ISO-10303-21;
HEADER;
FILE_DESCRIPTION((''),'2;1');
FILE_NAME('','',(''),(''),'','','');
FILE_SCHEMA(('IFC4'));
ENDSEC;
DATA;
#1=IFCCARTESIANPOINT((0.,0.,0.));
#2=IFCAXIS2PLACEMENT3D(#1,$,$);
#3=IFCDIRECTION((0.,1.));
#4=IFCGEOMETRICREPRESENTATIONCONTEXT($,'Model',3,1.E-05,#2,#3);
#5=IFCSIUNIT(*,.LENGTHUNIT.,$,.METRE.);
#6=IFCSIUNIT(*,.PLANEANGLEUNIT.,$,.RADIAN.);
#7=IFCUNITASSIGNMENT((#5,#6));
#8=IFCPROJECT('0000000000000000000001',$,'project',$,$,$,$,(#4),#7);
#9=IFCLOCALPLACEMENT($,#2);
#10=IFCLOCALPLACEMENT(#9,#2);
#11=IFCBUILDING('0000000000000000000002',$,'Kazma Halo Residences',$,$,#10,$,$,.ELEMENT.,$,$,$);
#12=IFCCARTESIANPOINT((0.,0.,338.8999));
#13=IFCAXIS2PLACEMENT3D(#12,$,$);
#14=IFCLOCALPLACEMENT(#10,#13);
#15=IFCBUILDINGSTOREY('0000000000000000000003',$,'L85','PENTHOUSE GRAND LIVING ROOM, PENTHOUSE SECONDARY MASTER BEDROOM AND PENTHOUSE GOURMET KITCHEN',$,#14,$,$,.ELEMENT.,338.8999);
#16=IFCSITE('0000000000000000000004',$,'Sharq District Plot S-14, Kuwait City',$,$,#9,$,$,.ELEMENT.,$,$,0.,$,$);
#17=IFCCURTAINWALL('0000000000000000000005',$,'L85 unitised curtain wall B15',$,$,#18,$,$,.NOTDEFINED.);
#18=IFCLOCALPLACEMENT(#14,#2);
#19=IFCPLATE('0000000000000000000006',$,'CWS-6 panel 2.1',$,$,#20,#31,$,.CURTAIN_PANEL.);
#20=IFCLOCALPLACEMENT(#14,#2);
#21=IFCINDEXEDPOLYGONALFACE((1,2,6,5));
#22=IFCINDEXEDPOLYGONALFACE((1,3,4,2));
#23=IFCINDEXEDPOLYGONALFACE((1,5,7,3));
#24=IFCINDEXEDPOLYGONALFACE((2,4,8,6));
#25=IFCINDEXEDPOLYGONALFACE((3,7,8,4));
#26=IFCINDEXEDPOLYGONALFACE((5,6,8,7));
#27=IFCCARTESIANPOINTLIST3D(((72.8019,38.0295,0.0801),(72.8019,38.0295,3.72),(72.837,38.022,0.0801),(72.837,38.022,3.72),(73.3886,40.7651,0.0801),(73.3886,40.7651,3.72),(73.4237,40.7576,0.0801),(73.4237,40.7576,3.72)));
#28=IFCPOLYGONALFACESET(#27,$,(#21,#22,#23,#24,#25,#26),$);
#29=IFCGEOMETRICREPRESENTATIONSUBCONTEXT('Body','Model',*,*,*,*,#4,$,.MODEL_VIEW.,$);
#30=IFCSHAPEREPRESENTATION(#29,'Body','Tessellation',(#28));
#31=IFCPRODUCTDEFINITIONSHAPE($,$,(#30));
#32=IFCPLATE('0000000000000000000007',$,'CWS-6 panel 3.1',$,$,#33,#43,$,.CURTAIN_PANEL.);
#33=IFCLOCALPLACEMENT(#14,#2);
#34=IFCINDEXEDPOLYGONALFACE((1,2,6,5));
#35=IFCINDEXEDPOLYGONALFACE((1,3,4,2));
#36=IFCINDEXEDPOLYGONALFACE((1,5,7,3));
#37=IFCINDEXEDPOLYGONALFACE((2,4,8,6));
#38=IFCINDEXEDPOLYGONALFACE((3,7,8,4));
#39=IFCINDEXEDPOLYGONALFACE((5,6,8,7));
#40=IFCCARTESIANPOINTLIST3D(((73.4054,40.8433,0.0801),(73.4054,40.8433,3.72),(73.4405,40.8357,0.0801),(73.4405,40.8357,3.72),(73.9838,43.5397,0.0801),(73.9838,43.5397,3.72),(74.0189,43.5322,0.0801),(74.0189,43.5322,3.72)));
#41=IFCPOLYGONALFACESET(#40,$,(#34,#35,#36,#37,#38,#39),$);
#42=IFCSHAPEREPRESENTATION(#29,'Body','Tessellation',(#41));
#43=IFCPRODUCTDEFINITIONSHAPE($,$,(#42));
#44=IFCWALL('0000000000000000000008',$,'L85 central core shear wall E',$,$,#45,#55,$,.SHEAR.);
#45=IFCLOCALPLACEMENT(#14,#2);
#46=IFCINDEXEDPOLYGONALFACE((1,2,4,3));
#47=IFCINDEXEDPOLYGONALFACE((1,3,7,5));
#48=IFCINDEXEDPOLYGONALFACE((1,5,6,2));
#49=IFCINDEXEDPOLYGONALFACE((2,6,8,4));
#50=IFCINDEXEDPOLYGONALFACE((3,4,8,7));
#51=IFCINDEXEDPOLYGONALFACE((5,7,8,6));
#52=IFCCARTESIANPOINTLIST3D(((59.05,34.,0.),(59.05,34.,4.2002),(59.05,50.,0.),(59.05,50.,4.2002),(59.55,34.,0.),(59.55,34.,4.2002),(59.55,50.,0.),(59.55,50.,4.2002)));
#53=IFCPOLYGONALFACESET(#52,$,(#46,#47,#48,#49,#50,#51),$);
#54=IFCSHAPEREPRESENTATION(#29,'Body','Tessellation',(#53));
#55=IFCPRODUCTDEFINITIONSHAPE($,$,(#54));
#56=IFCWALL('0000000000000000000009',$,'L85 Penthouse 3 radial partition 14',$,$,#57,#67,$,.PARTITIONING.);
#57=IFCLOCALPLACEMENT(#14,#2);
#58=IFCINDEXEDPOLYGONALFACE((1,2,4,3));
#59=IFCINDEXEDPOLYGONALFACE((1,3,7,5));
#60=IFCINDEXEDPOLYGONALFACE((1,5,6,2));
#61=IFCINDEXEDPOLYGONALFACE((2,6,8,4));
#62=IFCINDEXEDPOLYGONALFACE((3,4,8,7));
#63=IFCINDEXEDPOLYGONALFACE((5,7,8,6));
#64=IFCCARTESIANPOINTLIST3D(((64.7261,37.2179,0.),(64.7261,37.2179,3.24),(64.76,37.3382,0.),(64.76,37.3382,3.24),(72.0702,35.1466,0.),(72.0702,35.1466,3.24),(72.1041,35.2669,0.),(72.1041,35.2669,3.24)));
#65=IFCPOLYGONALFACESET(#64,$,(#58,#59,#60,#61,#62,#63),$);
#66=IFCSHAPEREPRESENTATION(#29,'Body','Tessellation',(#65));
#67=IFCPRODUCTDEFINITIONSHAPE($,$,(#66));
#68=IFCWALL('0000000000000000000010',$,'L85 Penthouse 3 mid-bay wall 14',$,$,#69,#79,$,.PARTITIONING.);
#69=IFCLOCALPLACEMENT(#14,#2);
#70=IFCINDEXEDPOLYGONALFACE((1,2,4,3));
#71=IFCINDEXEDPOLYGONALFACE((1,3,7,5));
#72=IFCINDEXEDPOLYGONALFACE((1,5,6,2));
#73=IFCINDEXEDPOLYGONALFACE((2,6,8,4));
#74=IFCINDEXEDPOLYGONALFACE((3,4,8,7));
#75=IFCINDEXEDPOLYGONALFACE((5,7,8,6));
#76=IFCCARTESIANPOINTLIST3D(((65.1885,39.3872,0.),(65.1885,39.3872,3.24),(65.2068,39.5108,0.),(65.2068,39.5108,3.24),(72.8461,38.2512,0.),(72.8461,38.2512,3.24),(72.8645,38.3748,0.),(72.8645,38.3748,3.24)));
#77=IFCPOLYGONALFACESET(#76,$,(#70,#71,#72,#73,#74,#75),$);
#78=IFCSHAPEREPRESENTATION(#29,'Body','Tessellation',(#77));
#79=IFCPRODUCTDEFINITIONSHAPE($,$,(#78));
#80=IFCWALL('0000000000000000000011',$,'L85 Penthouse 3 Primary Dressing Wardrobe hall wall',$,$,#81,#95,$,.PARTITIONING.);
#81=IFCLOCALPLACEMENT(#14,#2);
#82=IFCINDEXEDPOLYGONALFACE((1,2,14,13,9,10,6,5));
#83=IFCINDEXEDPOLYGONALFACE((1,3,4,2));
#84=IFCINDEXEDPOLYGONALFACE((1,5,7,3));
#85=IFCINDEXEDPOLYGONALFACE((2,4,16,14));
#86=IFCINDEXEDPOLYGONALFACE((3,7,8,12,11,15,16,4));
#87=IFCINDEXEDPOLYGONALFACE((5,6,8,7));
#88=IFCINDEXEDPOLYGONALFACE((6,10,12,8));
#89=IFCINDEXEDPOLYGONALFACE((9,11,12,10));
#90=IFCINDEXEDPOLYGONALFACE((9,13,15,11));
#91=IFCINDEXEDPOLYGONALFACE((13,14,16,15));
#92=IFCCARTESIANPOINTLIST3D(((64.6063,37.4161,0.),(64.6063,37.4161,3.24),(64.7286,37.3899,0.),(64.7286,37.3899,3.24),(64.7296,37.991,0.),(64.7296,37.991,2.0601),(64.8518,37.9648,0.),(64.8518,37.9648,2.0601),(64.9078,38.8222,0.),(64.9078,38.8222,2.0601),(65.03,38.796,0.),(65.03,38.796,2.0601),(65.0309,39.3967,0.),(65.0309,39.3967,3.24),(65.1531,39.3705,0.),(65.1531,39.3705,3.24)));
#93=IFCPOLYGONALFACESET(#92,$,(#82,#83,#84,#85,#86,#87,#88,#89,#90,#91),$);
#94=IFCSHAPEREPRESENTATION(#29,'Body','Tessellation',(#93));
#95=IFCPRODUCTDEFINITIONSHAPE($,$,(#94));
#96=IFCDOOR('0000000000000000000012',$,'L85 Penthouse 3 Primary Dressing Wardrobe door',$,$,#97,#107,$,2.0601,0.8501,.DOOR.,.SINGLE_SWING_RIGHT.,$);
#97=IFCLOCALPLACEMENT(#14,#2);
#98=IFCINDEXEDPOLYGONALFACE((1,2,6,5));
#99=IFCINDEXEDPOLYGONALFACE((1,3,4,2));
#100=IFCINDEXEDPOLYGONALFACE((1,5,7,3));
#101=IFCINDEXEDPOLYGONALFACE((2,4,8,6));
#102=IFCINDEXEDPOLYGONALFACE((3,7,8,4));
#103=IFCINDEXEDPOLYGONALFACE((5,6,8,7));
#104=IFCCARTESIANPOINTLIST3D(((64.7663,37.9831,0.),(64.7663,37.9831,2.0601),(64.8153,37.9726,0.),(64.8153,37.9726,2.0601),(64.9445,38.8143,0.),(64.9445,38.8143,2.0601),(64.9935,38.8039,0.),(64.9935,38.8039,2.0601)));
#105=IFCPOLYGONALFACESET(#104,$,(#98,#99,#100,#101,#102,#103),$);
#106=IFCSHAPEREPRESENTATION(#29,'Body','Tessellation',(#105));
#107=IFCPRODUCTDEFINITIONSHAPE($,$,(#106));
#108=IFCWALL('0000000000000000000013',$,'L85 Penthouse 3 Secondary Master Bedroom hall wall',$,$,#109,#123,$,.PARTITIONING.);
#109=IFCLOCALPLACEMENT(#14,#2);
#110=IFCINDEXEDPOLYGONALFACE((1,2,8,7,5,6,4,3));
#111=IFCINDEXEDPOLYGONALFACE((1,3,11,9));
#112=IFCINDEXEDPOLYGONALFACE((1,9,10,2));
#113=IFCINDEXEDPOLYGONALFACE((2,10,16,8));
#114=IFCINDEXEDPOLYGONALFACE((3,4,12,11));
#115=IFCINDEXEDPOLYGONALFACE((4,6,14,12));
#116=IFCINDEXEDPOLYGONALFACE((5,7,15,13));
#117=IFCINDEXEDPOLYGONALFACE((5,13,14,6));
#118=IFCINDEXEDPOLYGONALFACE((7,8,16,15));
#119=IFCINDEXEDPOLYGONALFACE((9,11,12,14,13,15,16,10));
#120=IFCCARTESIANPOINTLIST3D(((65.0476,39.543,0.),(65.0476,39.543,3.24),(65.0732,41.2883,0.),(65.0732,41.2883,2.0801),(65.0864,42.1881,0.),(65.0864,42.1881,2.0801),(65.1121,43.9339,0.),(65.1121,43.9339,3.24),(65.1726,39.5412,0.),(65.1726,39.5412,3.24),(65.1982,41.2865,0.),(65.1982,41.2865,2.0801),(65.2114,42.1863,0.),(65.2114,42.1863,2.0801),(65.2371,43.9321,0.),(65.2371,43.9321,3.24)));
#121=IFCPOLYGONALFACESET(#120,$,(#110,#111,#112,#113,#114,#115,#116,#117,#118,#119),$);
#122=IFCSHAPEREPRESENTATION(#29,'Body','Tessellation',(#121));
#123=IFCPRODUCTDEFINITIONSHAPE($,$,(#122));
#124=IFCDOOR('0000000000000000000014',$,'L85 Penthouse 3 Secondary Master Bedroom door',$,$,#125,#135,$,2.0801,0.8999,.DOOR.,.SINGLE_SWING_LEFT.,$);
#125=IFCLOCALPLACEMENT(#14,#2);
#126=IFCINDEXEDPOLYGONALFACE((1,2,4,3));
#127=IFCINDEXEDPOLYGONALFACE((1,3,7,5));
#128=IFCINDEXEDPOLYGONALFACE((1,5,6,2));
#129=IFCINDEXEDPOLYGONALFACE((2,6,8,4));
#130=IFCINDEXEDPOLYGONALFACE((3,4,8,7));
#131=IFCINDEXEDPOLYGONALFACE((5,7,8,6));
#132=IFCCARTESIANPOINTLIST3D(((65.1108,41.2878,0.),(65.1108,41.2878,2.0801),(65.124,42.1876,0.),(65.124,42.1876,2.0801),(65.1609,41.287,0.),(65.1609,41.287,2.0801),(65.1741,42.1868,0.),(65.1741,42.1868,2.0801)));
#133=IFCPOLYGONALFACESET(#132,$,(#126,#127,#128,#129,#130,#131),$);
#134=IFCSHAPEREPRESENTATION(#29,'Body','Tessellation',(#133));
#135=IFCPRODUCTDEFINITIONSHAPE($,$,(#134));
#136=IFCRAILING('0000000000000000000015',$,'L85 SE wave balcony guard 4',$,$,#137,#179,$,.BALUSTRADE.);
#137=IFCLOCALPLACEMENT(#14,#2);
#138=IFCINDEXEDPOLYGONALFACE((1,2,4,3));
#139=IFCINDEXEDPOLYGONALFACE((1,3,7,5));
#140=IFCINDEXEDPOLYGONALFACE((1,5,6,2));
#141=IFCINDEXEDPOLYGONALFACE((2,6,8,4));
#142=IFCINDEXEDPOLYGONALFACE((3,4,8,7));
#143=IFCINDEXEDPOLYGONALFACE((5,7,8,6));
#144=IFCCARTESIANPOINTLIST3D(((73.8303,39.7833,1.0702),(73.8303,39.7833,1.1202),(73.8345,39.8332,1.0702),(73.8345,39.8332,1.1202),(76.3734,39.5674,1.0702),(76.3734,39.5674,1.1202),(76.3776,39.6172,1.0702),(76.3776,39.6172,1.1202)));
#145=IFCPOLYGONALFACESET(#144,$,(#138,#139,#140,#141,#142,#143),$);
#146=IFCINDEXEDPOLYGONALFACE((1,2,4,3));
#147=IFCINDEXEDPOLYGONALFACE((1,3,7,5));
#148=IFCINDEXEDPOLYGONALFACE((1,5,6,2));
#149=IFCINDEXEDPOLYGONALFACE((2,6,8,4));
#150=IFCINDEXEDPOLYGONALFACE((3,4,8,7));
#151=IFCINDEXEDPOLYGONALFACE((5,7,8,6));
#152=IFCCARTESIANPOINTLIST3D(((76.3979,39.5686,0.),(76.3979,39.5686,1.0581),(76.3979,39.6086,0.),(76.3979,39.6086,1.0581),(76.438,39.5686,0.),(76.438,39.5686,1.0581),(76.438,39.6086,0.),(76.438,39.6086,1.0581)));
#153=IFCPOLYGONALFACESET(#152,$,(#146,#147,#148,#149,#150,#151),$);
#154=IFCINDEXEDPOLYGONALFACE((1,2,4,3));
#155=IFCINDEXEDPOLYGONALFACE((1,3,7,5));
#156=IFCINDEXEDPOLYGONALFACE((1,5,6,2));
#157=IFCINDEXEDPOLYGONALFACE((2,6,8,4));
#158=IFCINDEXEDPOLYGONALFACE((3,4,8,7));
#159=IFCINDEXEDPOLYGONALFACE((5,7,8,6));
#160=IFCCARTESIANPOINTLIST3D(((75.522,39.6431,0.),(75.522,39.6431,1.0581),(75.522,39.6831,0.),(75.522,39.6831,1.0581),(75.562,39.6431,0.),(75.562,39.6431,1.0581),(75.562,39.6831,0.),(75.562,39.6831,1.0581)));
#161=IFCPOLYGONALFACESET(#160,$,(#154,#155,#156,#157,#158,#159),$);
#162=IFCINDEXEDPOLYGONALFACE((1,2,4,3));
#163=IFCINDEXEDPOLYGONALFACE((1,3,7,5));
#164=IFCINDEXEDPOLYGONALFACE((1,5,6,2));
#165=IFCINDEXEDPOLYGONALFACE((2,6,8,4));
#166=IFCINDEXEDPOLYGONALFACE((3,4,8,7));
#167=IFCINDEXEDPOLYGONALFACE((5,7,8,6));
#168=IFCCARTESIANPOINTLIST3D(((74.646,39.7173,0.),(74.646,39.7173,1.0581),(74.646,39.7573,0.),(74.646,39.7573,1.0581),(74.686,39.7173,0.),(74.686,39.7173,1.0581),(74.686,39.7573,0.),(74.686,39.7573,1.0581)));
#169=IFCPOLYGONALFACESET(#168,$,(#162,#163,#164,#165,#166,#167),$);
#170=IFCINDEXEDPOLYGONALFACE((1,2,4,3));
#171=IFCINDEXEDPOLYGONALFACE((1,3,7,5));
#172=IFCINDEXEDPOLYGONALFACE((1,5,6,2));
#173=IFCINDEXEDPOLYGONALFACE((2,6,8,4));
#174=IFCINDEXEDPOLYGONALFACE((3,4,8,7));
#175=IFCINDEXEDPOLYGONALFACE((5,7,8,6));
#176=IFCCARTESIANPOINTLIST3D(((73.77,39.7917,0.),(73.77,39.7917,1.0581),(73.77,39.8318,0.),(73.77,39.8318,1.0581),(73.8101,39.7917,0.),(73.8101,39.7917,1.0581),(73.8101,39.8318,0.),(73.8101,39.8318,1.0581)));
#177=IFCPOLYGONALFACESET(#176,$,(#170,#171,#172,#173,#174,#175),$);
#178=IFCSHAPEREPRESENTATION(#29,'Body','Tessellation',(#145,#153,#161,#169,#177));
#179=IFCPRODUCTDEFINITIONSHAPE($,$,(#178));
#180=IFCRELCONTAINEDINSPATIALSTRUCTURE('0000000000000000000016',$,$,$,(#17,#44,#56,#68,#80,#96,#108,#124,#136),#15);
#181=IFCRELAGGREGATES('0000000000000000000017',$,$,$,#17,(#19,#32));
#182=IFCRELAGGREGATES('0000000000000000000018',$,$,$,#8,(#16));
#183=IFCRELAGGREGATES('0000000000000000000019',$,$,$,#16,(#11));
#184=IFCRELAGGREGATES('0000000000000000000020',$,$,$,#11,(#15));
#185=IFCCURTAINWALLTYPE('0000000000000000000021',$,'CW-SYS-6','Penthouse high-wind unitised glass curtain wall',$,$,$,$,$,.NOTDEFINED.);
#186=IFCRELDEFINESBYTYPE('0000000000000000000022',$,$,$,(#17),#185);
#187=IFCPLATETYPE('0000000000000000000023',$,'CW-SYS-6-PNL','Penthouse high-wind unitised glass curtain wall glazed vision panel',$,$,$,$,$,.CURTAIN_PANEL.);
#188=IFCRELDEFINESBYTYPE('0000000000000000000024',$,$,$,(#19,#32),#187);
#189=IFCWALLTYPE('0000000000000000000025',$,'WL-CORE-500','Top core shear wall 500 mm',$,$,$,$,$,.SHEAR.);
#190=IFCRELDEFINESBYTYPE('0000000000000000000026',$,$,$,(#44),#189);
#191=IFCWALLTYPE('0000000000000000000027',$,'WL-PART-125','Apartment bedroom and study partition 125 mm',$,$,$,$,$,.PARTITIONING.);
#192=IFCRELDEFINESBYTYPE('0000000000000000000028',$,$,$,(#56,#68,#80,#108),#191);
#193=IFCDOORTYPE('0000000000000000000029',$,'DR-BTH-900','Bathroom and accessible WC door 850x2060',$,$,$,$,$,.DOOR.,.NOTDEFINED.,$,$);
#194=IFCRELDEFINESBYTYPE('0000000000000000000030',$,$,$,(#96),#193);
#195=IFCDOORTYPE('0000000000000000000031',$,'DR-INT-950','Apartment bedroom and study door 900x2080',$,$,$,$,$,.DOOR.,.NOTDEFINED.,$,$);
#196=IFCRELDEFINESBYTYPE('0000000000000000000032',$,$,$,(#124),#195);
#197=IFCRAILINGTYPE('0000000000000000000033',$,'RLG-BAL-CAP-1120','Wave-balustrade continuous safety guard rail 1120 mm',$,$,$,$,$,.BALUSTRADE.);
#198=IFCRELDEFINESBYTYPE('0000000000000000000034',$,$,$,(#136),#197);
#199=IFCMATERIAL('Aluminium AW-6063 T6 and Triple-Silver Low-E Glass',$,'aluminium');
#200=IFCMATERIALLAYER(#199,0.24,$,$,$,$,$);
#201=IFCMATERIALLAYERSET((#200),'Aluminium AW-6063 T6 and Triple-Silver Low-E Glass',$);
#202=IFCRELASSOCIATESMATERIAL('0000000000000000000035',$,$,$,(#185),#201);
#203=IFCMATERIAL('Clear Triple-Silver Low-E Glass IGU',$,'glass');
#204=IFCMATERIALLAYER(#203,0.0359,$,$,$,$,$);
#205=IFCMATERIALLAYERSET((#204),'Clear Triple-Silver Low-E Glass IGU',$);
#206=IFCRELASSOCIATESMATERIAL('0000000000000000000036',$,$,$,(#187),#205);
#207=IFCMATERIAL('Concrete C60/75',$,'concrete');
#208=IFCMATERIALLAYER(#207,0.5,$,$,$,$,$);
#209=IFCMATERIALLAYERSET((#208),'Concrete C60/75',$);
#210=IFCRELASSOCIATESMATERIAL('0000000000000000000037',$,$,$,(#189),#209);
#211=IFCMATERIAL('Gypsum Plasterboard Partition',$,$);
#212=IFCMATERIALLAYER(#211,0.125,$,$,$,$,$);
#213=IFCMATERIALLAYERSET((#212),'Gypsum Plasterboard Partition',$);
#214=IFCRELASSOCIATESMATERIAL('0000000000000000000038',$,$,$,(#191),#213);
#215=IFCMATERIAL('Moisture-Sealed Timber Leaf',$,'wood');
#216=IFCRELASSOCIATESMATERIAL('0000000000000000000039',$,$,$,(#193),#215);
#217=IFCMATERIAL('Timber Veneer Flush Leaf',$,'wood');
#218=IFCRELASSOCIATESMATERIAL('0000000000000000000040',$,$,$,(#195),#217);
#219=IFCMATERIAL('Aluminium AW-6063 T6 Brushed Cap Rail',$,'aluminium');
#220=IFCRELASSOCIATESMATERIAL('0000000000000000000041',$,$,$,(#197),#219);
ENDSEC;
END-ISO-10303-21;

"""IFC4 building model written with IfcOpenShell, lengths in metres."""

from ifc_helpers import new_model, si_unit, direction, frame, frame_2d, origin, origin_2d, place, context, subcontext, project, spatial, rectangle, extrude, material, layer, layer_set, type_object, element, fill, aggregate, save


model = new_model("IFC4")

# Units and contexts
model_context = context("Model", 3, precision=1e-05, world=origin(), true_north=direction((0.0, 1.0)))
body_context = subcontext(model_context, "Body", "Model", "MODEL_VIEW")
ifc_project = project(units=[si_unit("LENGTHUNIT", "METRE"), si_unit("PLANEANGLEUNIT", "RADIAN")], contexts=[model_context])

# Site, building, storey
site_placement = place(None, origin())
site = spatial("IfcSite", under=ifc_project, at=site_placement, Name="Sharq District Plot S-14, Kuwait City", CompositionType="ELEMENT", RefElevation=0.0)
building_placement = place(site_placement, origin())
building = spatial("IfcBuilding", under=site, at=building_placement, Name="Kazma Halo Residences", CompositionType="ELEMENT")
storey_placement = place(building_placement, frame((0.0, 0.0, 338.8999)))
storey = spatial("IfcBuildingStorey", under=building, at=storey_placement, Name="L85", Description="PENTHOUSE GRAND LIVING ROOM, PENTHOUSE SECONDARY MASTER BEDROOM AND PENTHOUSE GOURMET KITCHEN", CompositionType="ELEMENT", Elevation=338.8999)

# Shared definitions
ifc_material_1 = material(Name="Concrete C60/75", Category="concrete")

# Curtain wall, plates
ifc_material_2 = material(Name="Aluminium AW-6063 T6 and Triple-Silver Low-E Glass", Category="aluminium")
ifc_layer_1 = layer(ifc_material_2, 0.24)
ifc_layer_set_1 = layer_set([ifc_layer_1], Name="Aluminium AW-6063 T6 and Triple-Silver Low-E Glass")
curtain_wall_type = type_object("IfcCurtainWallType", Name="CW-SYS-6", Description="Penthouse high-wind unitised glass curtain wall", PredefinedType="NOTDEFINED", material=ifc_layer_set_1)
curtain_wall_placement = place(storey_placement, origin())
curtain_wall = element("IfcCurtainWall", 1, at=curtain_wall_placement, inside=storey, type_object=curtain_wall_type, Name="L85 unitised curtain wall B15", PredefinedType="NOTDEFINED")
ifc_material_3 = material(Name="Clear Triple-Silver Low-E Glass IGU", Category="glass")
ifc_layer_2 = layer(ifc_material_3, 0.0359)
ifc_layer_set_2 = layer_set([ifc_layer_2], Name="Clear Triple-Silver Low-E Glass IGU")
plate_type = type_object("IfcPlateType", Name="CW-SYS-6-PNL", Description="Penthouse high-wind unitised glass curtain wall glazed vision panel", PredefinedType="CURTAIN_PANEL", material=ifc_layer_set_2)
plate_1_placement = place(storey_placement, frame((73.1128, 39.3936, 0.0801), z_axis=(0.0, 0.0, 1.0), x_axis=(0.209723, 0.977761, 0.0)))
plate_1 = element("IfcPlate", 2, at=plate_1_placement, type_object=plate_type, Name="CWS-6 panel 2.1", PredefinedType="CURTAIN_PANEL", context=body_context, shape_type="SweptSolid", body=[
    extrude(rectangle(XDim=2.7979, YDim=0.0359, at=origin_2d()), origin(), (0.0, 0.0, 1.0), 3.6399),
])
plate_2_placement = place(storey_placement, frame((73.7122, 42.1877, 0.0801), z_axis=(0.0, 0.0, 1.0), x_axis=(0.209723, 0.977761, 0.0)))
plate_2 = element("IfcPlate", 3, at=plate_2_placement, type_object=plate_type, Name="CWS-6 panel 3.1", PredefinedType="CURTAIN_PANEL", context=body_context, shape_type="SweptSolid", body=[
    extrude(rectangle(XDim=2.7578, YDim=0.0359, at=origin_2d()), origin(), (0.0, 0.0, 1.0), 3.6399),
])
aggregate(curtain_wall, [plate_1, plate_2])

# Walls
ifc_layer_3 = layer(ifc_material_1, 0.5)
ifc_layer_set_3 = layer_set([ifc_layer_3], Name="Concrete C60/75")
wall_type_1 = type_object("IfcWallType", Name="WL-CORE-500", Description="Top core shear wall 500 mm", PredefinedType="SHEAR", material=ifc_layer_set_3)
wall_1_placement = place(storey_placement, frame((59.3, 34.0, 0.0), z_axis=(0.0, 0.0, 1.0), x_axis=(0.0, 1.0, 0.0)))
element("IfcWall", 4, at=wall_1_placement, inside=storey, type_object=wall_type_1, Name="L85 central core shear wall E", PredefinedType="SHEAR", context=body_context, shape_type="SweptSolid", body=[
    extrude(rectangle(XDim=16.0, YDim=0.5, at=frame_2d((8.0, 0.0))), origin(), (0.0, 0.0, 1.0), 4.2002),
])
ifc_material_4 = material(Name="Gypsum Plasterboard Partition")
ifc_layer_4 = layer(ifc_material_4, 0.125)
ifc_layer_set_4 = layer_set([ifc_layer_4], Name="Gypsum Plasterboard Partition")
wall_type_2 = type_object("IfcWallType", Name="WL-PART-125", Description="Apartment bedroom and study partition 125 mm", PredefinedType="PARTITIONING", material=ifc_layer_set_4)
wall_2_placement = place(storey_placement, frame((64.7429, 37.2781, 0.0), z_axis=(0.0, 0.0, 1.0), x_axis=(0.962455, -0.27144, 0.0)))
element("IfcWall", 5, at=wall_2_placement, inside=storey, type_object=wall_type_2, Name="L85 Penthouse 3 radial partition 14", PredefinedType="PARTITIONING", context=body_context, shape_type="SweptSolid", body=[
    extrude(rectangle(XDim=7.6306, YDim=0.125, at=frame_2d((3.8154, 0.0))), origin(), (0.0, 0.0, 1.0), 3.24),
])
wall_3_placement = place(storey_placement, frame((65.1978, 39.449, 0.0), z_axis=(0.0, 0.0, 1.0), x_axis=(0.989175, -0.14674, 0.0)))
element("IfcWall", 6, at=wall_3_placement, inside=storey, type_object=wall_type_2, Name="L85 Penthouse 3 mid-bay wall 14", PredefinedType="PARTITIONING", context=body_context, shape_type="SweptSolid", body=[
    extrude(rectangle(XDim=7.7415, YDim=0.125, at=frame_2d((3.8706, 0.0))), origin(), (0.0, 0.0, 1.0), 3.24),
])

# Walls, openings, doors
wall_4_placement = place(storey_placement, frame((64.6675, 37.4031, 0.0), z_axis=(0.0, 0.0, 1.0), x_axis=(0.209587, 0.97779, 0.0)))
wall_4 = element("IfcWall", 7, at=wall_4_placement, inside=storey, type_object=wall_type_2, Name="L85 Penthouse 3 Primary Dressing Wardrobe hall wall", PredefinedType="PARTITIONING", context=body_context, shape_type="SweptSolid", body=[
    extrude(rectangle(XDim=2.0256, YDim=0.125, at=frame_2d((1.0127, 0.0))), origin(), (0.0, 0.0, 1.0), 3.24),
])
opening_1_placement = place(wall_4_placement, frame((0.5879, 0.0, 0.0)))
opening_1 = element("IfcOpeningElement", 8, at=opening_1_placement, cuts=wall_4, PredefinedType="OPENING", context=body_context, shape_type="SweptSolid", body=[
    extrude(rectangle(XDim=0.8501, YDim=2.0601, at=frame_2d((0.425, 1.03))), frame((0.0, 0.0725, 0.0), z_axis=(0.0, -1.0, 0.0), x_axis=(1.0, 0.0, 0.0)), (0.0, 0.0, 1.0), 0.145),
])
ifc_material_5 = material(Name="Moisture-Sealed Timber Leaf", Category="wood")
door_type_1 = type_object("IfcDoorType", Name="DR-BTH-900", Description="Bathroom and accessible WC door 850x2060", OperationType="NOTDEFINED", PredefinedType="DOOR", material=ifc_material_5)
door_1_placement = place(opening_1_placement, origin())
door_1 = element("IfcDoor", 9, at=door_1_placement, inside=storey, type_object=door_type_1, Name="L85 Penthouse 3 Primary Dressing Wardrobe door", OperationType="SINGLE_SWING_RIGHT", OverallHeight=2.0601, OverallWidth=0.8501, PredefinedType="DOOR", context=body_context, shape_type="SweptSolid", body=[
    extrude(rectangle(XDim=0.8501, YDim=2.0601, at=frame_2d((0.425, 1.03))), frame((0.0, 0.0249, 0.0), z_axis=(0.0, -1.0, 0.0), x_axis=(1.0, 0.0, 0.0)), (0.0, 0.0, 1.0), 0.05),
])
fill(opening_1, door_1)
wall_5_placement = place(storey_placement, frame((65.1101, 39.542, 0.0), z_axis=(0.0, 0.0, 1.0), x_axis=(0.014677, 0.999892, 0.0)))
wall_5 = element("IfcWall", 10, at=wall_5_placement, inside=storey, type_object=wall_type_2, Name="L85 Penthouse 3 Secondary Master Bedroom hall wall", PredefinedType="PARTITIONING", context=body_context, shape_type="SweptSolid", body=[
    extrude(rectangle(XDim=4.3914, YDim=0.125, at=frame_2d((2.1958, 0.0))), origin(), (0.0, 0.0, 1.0), 3.24),
])
opening_2_placement = place(wall_5_placement, frame((1.7456, 0.0, 0.0)))
opening_2 = element("IfcOpeningElement", 11, at=opening_2_placement, cuts=wall_5, PredefinedType="OPENING", context=body_context, shape_type="SweptSolid", body=[
    extrude(rectangle(XDim=0.8999, YDim=2.0801, at=frame_2d((0.45, 1.04))), frame((0.0, 0.0725, 0.0), z_axis=(0.0, -1.0, 0.0), x_axis=(1.0, 0.0, 0.0)), (0.0, 0.0, 1.0), 0.145),
])
ifc_material_6 = material(Name="Timber Veneer Flush Leaf", Category="wood")
door_type_2 = type_object("IfcDoorType", Name="DR-INT-950", Description="Apartment bedroom and study door 900x2080", OperationType="NOTDEFINED", PredefinedType="DOOR", material=ifc_material_6)
door_2_placement = place(opening_2_placement, origin())
door_2 = element("IfcDoor", 12, at=door_2_placement, inside=storey, type_object=door_type_2, Name="L85 Penthouse 3 Secondary Master Bedroom door", OperationType="SINGLE_SWING_LEFT", OverallHeight=2.0801, OverallWidth=0.8999, PredefinedType="DOOR", context=body_context, shape_type="SweptSolid", body=[
    extrude(rectangle(XDim=0.8999, YDim=2.0801, at=frame_2d((0.45, 1.04))), frame((0.0, 0.0249, 0.0), z_axis=(0.0, -1.0, 0.0), x_axis=(1.0, 0.0, 0.0)), (0.0, 0.0, 1.0), 0.05),
])
fill(opening_2, door_2)

# Railing
ifc_material_7 = material(Name="Aluminium AW-6063 T6 Brushed Cap Rail", Category="aluminium")
railing_type = type_object("IfcRailingType", Name="RLG-BAL-CAP-1120", Description="Wave-balustrade continuous safety guard rail 1120 mm", PredefinedType="BALUSTRADE", material=ifc_material_7)
railing_placement = place(storey_placement, frame((76.418, 39.5886, 0.0)))
element("IfcRailing", 13, at=railing_placement, inside=storey, type_object=railing_type, Name="L85 SE wave balcony guard 4", PredefinedType="BALUSTRADE", context=body_context, shape_type="SweptSolid", body=[
    extrude(rectangle(XDim=0.05, YDim=0.05, at=origin_2d()), frame((-0.0425, 0.0037, 1.0952), z_axis=(-0.996414, 0.084608, 0.0), x_axis=(-0.084608, -0.996414, 0.0)), (0.0, 0.0, 1.0), 2.5522),
    extrude(rectangle(XDim=0.04, YDim=0.04, at=origin_2d()), origin(), (0.0, 0.0, 1.0), 1.0581),
    extrude(rectangle(XDim=0.04, YDim=0.04, at=origin_2d()), frame((-0.876, 0.0745, 0.0)), (0.0, 0.0, 1.0), 1.0581),
    extrude(rectangle(XDim=0.04, YDim=0.04, at=origin_2d()), frame((-1.752, 0.1487, 0.0)), (0.0, 0.0, 1.0), 1.0581),
    extrude(rectangle(XDim=0.04, YDim=0.04, at=origin_2d()), frame((-2.6279, 0.2231, 0.0)), (0.0, 0.0, 1.0), 1.0581),
])

save(model, "model.ifc")
